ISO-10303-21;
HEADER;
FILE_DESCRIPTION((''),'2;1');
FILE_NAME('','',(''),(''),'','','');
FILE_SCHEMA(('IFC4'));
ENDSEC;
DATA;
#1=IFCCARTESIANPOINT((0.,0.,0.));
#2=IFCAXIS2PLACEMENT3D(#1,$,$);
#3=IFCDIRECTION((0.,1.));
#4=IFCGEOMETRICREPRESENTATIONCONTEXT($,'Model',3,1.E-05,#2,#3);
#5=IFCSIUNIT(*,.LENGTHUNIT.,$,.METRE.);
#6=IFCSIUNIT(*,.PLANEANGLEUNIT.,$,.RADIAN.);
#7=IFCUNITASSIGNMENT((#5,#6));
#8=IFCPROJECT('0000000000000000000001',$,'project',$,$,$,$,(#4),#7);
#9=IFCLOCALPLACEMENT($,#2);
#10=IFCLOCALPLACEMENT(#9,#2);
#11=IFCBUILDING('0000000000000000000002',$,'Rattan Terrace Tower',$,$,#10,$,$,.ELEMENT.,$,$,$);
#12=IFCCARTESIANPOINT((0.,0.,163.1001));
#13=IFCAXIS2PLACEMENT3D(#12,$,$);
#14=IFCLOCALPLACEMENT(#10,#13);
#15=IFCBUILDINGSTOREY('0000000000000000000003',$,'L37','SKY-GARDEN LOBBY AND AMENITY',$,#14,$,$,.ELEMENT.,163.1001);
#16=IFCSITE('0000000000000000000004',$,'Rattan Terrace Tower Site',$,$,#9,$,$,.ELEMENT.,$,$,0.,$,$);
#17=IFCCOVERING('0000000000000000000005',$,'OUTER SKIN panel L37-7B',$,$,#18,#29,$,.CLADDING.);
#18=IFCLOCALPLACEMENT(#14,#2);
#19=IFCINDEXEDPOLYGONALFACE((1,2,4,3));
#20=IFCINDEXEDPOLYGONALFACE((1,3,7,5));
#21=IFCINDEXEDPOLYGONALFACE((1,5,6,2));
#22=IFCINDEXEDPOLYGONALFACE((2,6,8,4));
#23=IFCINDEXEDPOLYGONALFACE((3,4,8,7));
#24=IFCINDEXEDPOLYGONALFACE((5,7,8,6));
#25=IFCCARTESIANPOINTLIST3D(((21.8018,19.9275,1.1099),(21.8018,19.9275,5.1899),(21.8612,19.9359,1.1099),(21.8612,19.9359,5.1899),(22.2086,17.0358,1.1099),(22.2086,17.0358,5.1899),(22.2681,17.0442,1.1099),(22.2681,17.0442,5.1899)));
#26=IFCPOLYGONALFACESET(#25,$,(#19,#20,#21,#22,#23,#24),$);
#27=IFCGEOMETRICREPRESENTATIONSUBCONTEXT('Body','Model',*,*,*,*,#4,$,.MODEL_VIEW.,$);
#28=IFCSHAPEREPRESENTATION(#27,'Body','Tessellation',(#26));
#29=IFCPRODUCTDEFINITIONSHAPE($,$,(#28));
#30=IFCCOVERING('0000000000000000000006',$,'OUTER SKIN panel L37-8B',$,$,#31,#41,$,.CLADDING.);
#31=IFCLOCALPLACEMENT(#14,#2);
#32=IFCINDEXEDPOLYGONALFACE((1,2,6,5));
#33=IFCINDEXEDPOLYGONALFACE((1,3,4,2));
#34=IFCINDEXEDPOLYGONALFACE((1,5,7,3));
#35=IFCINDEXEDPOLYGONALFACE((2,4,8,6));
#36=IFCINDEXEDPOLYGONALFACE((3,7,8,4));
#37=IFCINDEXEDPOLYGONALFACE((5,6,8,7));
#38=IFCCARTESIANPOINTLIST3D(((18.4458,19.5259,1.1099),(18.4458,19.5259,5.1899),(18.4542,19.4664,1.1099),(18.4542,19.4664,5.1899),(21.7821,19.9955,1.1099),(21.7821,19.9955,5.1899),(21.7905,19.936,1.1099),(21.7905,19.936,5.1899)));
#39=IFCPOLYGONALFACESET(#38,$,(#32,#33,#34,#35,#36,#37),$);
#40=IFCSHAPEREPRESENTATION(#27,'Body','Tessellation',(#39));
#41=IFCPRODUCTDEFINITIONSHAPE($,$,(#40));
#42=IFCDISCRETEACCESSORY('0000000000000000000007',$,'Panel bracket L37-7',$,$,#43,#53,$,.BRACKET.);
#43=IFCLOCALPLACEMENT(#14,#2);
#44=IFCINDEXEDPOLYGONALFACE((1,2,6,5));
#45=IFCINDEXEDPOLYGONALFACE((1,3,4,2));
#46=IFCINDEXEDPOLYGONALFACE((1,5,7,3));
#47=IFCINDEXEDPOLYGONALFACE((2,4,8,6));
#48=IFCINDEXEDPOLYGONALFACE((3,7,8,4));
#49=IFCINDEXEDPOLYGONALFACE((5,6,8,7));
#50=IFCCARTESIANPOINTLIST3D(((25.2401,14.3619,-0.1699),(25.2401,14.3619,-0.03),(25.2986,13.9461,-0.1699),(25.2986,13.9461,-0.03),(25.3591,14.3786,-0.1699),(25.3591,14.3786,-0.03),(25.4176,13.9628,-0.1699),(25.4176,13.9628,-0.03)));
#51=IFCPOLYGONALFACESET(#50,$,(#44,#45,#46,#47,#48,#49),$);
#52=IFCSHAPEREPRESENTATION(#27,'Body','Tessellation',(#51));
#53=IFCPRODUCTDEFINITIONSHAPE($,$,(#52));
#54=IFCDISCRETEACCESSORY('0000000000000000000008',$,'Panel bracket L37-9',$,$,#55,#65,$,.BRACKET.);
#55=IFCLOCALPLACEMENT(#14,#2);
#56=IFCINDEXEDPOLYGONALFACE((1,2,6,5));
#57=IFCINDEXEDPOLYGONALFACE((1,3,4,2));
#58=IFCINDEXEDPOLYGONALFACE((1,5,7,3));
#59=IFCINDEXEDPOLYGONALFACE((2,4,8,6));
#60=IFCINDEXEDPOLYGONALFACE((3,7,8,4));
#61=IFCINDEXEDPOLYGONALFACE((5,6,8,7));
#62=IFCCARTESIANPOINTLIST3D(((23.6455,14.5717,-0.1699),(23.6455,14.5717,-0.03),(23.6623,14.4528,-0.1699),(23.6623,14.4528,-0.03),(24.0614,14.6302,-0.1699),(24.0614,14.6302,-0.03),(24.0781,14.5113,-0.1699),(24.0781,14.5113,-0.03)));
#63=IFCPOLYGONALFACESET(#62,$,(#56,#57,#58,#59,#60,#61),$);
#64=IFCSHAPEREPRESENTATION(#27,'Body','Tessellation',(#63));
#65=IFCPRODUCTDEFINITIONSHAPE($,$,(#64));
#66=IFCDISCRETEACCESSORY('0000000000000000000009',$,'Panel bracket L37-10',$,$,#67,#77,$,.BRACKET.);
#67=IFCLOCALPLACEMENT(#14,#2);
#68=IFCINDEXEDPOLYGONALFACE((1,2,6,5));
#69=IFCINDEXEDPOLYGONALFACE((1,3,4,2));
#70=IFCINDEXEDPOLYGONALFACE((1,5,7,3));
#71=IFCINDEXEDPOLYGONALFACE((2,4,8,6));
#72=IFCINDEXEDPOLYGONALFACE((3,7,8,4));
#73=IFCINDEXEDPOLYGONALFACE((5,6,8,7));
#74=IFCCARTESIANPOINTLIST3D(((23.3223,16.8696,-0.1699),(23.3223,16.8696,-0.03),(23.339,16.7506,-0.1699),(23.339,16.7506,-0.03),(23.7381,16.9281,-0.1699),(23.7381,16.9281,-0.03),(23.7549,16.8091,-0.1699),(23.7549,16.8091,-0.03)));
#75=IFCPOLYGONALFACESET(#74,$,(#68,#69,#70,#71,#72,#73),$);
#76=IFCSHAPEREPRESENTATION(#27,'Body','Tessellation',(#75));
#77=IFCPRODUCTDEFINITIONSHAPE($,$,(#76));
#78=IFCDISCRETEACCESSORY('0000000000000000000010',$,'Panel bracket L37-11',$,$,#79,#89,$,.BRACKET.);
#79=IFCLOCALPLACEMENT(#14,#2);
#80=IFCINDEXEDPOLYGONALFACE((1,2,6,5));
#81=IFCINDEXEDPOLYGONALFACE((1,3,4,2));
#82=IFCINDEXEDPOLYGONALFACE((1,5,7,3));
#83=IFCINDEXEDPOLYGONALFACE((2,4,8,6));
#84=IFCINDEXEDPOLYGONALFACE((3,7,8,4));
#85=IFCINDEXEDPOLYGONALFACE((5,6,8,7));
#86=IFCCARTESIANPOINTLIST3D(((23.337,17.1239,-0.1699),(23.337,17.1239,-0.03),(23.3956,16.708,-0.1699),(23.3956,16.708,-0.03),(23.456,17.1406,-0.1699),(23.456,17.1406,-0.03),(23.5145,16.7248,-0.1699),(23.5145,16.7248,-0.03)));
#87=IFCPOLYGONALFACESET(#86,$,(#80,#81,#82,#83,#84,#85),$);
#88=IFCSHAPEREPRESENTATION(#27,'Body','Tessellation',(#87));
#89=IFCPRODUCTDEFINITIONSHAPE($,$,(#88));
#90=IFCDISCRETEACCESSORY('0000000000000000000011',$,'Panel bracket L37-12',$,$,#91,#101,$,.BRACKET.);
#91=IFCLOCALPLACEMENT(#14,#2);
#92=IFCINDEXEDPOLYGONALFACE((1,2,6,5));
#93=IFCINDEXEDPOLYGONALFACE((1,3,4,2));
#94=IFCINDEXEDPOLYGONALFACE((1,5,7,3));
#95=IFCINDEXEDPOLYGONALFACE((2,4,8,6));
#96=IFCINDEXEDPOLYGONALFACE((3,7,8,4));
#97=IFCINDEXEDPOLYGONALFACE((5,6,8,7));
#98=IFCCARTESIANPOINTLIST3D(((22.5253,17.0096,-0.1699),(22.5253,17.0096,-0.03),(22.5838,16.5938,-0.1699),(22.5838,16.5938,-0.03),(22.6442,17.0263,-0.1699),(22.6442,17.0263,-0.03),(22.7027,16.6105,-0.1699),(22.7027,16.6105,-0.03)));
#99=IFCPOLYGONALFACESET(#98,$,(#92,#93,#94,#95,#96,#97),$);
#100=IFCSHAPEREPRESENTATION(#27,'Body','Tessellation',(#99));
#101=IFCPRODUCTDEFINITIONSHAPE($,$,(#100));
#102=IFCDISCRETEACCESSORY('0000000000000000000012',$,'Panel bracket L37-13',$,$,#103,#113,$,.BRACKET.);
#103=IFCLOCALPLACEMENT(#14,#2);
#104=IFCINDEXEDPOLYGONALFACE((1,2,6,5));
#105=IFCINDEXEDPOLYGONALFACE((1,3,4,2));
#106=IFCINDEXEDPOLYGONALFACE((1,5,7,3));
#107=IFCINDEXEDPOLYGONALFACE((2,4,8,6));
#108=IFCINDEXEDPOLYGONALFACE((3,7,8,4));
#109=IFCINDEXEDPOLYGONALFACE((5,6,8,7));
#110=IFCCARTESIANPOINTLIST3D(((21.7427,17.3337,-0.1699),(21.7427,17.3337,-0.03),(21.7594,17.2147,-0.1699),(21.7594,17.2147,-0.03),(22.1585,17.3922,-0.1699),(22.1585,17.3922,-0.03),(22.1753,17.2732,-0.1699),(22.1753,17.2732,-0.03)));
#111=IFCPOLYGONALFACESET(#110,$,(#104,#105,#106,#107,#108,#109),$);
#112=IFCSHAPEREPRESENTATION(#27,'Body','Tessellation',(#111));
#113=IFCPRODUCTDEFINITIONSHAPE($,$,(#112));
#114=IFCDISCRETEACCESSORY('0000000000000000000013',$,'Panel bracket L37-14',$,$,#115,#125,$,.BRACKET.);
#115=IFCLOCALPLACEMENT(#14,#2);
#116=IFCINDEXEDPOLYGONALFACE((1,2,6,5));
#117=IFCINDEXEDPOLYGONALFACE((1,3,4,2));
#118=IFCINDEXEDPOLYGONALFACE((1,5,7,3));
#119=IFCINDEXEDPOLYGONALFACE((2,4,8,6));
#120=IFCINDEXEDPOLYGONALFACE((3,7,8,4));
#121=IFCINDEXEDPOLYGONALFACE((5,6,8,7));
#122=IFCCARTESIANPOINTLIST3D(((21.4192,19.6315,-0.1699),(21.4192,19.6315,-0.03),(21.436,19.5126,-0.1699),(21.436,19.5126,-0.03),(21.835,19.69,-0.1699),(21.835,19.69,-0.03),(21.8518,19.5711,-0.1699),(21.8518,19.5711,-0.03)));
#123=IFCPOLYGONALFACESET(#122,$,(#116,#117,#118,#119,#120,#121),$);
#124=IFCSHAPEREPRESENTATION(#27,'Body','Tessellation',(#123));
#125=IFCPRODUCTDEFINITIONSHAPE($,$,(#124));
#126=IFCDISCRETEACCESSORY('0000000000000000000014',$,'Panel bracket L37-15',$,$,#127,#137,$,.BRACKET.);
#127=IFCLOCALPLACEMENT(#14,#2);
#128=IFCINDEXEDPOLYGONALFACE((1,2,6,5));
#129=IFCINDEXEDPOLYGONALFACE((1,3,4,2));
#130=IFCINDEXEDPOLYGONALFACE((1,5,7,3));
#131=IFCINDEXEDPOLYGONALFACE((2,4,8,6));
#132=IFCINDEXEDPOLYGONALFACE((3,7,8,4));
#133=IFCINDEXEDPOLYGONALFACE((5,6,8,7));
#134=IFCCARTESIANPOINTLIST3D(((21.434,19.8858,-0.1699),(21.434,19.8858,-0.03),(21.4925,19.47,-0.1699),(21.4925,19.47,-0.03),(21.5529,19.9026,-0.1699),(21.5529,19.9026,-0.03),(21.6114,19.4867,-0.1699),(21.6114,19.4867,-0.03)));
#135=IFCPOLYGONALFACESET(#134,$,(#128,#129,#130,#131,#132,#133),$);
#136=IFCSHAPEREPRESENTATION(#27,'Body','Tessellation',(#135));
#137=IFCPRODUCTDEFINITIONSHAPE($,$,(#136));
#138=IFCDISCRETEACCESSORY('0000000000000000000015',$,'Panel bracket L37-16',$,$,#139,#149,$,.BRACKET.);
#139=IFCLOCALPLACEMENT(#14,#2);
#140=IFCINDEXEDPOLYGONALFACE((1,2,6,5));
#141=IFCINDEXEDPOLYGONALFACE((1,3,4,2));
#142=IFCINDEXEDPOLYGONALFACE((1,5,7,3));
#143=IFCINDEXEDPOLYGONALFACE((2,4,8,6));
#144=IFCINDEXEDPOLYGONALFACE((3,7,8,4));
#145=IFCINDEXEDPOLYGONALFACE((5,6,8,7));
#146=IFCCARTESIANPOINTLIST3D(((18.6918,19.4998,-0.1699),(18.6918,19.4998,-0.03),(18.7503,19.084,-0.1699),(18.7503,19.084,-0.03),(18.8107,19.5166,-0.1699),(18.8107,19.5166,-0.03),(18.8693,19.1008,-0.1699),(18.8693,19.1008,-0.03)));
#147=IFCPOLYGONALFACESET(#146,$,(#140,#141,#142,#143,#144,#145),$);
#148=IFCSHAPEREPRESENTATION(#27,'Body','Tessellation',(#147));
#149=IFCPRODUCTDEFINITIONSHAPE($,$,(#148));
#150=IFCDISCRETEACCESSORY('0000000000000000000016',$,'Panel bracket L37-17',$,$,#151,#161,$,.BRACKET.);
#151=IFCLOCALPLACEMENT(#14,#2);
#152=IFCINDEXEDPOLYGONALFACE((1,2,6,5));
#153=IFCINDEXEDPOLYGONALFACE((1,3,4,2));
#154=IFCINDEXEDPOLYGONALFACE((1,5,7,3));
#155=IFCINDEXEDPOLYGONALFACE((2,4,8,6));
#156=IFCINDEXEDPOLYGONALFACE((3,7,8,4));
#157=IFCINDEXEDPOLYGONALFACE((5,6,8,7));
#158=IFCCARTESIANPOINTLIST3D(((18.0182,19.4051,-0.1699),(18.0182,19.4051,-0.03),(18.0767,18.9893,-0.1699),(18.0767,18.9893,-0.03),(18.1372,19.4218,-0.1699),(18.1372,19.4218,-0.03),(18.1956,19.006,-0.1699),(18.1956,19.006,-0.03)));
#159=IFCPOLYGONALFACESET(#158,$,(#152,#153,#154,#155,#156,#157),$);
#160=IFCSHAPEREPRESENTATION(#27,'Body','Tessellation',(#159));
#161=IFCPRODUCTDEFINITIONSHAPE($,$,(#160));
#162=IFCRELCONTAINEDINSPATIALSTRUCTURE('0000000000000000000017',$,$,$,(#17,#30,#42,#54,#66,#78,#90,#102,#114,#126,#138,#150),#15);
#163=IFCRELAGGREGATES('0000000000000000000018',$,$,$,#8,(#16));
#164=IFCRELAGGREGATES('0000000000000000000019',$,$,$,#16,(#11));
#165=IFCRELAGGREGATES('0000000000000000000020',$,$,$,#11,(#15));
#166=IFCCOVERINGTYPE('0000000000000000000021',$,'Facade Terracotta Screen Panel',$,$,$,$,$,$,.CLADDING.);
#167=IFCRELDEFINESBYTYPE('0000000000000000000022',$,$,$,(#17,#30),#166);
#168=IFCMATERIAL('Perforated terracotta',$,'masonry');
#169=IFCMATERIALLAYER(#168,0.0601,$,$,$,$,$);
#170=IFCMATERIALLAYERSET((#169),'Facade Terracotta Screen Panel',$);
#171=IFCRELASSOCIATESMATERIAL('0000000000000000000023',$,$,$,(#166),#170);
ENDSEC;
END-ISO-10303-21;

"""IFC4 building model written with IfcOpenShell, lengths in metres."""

from ifc_helpers import new_model, si_unit, direction, frame, origin, origin_2d, place, context, subcontext, project, spatial, rectangle, extrude, material, layer, layer_set, type_object, element, save


model = new_model("IFC4")

# Units and contexts
model_context = context("Model", 3, precision=1e-05, world=origin(), true_north=direction((0.0, 1.0)))
body_context = subcontext(model_context, "Body", "Model", "MODEL_VIEW")
ifc_project = project(units=[si_unit("LENGTHUNIT", "METRE"), si_unit("PLANEANGLEUNIT", "RADIAN")], contexts=[model_context])

# Site, building, storey
site_placement = place(None, origin())
site = spatial("IfcSite", under=ifc_project, at=site_placement, Name="Rattan Terrace Tower Site", CompositionType="ELEMENT", RefElevation=0.0)
building_placement = place(site_placement, origin())
building = spatial("IfcBuilding", under=site, at=building_placement, Name="Rattan Terrace Tower", CompositionType="ELEMENT")
storey_placement = place(building_placement, frame((0.0, 0.0, 163.1001)))
storey = spatial("IfcBuildingStorey", under=building, at=storey_placement, Name="L37", Description="SKY-GARDEN LOBBY AND AMENITY", CompositionType="ELEMENT", Elevation=163.1001)

# Coverings
ifc_material_1 = material(Name="Perforated terracotta", Category="masonry")
ifc_layer_1 = layer(ifc_material_1, 0.0601)
ifc_layer_set_1 = layer_set([ifc_layer_1], Name="Facade Terracotta Screen Panel")
covering_type_1 = type_object("IfcCoveringType", Name="Facade Terracotta Screen Panel", PredefinedType="CLADDING", material=ifc_layer_set_1)
covering_1_placement = place(storey_placement, frame((22.0349, 18.4858, 1.1099), z_axis=(0.0, 0.0, 1.0), x_axis=(-0.139321, 0.990247, 0.0)))
element("IfcCovering", 1, at=covering_1_placement, inside=storey, type_object=covering_type_1, Name="OUTER SKIN panel L37-7B", PredefinedType="CLADDING", context=body_context, shape_type="SweptSolid", body=[
    extrude(rectangle(XDim=2.9202, YDim=0.0601, at=origin_2d()), origin(), (0.0, 0.0, 1.0), 4.0801),
])
covering_2_placement = place(storey_placement, frame((20.1182, 19.731, 1.1099), z_axis=(0.0, 0.0, 1.0), x_axis=(-0.990241, -0.139367, 0.0)))
element("IfcCovering", 2, at=covering_2_placement, inside=storey, type_object=covering_type_1, Name="OUTER SKIN panel L37-8B", PredefinedType="CLADDING", context=body_context, shape_type="SweptSolid", body=[
    extrude(rectangle(XDim=3.3691, YDim=0.0601, at=origin_2d()), origin(), (0.0, 0.0, 1.0), 4.0801),
])

# Discrete accessories
for number, where, z_axis, x_axis, name in (
    (3, (25.3289, 14.1624, -0.1699), (0.0, 0.0, 1.0), (-0.990241, -0.139367, 0.0), "Panel bracket L37-7"),
    (4, (23.8618, 14.5415, -0.1699), (0.0, 0.0, 1.0), (-0.139321, 0.990247, 0.0), "Panel bracket L37-9"),
    (5, (23.5386, 16.8394, -0.1699), (0.0, 0.0, 1.0), (-0.139321, 0.990247, 0.0), "Panel bracket L37-10"),
    (6, (23.4258, 16.9243, -0.1699), (0.0, 0.0, 1.0), (-0.990241, -0.139367, 0.0), "Panel bracket L37-11"),
    (7, (22.614, 16.8101, -0.1699), (0.0, 0.0, 1.0), (-0.990241, -0.139367, 0.0), "Panel bracket L37-12"),
    (8, (21.959, 17.3035, -0.1699), (0.0, 0.0, 1.0), (-0.139321, 0.990247, 0.0), "Panel bracket L37-13"),
    (9, (21.6355, 19.6013, -0.1699), (0.0, 0.0, 1.0), (-0.139321, 0.990247, 0.0), "Panel bracket L37-14"),
    (10, (21.5227, 19.6863, -0.1699), (0.0, 0.0, 1.0), (-0.990241, -0.139367, 0.0), "Panel bracket L37-15"),
    (11, (18.7805, 19.3003, -0.1699), (0.0, 0.0, 1.0), (-0.990241, -0.139367, 0.0), "Panel bracket L37-16"),
    (12, (18.1069, 19.2056, -0.1699), (0.0, 0.0, 1.0), (-0.99027, -0.139161, 0.0), "Panel bracket L37-17"),
):
    element("IfcDiscreteAccessory", number, at=place(storey_placement, frame(where, z_axis=z_axis, x_axis=x_axis)), inside=storey, Name=name, PredefinedType="BRACKET", context=body_context, shape_type="SweptSolid", body=[
        extrude(rectangle(XDim=0.1201, YDim=0.4199, at=origin_2d()), origin(), (0.0, 0.0, 1.0), 0.1399),
    ])

save(model, "model.ifc")
